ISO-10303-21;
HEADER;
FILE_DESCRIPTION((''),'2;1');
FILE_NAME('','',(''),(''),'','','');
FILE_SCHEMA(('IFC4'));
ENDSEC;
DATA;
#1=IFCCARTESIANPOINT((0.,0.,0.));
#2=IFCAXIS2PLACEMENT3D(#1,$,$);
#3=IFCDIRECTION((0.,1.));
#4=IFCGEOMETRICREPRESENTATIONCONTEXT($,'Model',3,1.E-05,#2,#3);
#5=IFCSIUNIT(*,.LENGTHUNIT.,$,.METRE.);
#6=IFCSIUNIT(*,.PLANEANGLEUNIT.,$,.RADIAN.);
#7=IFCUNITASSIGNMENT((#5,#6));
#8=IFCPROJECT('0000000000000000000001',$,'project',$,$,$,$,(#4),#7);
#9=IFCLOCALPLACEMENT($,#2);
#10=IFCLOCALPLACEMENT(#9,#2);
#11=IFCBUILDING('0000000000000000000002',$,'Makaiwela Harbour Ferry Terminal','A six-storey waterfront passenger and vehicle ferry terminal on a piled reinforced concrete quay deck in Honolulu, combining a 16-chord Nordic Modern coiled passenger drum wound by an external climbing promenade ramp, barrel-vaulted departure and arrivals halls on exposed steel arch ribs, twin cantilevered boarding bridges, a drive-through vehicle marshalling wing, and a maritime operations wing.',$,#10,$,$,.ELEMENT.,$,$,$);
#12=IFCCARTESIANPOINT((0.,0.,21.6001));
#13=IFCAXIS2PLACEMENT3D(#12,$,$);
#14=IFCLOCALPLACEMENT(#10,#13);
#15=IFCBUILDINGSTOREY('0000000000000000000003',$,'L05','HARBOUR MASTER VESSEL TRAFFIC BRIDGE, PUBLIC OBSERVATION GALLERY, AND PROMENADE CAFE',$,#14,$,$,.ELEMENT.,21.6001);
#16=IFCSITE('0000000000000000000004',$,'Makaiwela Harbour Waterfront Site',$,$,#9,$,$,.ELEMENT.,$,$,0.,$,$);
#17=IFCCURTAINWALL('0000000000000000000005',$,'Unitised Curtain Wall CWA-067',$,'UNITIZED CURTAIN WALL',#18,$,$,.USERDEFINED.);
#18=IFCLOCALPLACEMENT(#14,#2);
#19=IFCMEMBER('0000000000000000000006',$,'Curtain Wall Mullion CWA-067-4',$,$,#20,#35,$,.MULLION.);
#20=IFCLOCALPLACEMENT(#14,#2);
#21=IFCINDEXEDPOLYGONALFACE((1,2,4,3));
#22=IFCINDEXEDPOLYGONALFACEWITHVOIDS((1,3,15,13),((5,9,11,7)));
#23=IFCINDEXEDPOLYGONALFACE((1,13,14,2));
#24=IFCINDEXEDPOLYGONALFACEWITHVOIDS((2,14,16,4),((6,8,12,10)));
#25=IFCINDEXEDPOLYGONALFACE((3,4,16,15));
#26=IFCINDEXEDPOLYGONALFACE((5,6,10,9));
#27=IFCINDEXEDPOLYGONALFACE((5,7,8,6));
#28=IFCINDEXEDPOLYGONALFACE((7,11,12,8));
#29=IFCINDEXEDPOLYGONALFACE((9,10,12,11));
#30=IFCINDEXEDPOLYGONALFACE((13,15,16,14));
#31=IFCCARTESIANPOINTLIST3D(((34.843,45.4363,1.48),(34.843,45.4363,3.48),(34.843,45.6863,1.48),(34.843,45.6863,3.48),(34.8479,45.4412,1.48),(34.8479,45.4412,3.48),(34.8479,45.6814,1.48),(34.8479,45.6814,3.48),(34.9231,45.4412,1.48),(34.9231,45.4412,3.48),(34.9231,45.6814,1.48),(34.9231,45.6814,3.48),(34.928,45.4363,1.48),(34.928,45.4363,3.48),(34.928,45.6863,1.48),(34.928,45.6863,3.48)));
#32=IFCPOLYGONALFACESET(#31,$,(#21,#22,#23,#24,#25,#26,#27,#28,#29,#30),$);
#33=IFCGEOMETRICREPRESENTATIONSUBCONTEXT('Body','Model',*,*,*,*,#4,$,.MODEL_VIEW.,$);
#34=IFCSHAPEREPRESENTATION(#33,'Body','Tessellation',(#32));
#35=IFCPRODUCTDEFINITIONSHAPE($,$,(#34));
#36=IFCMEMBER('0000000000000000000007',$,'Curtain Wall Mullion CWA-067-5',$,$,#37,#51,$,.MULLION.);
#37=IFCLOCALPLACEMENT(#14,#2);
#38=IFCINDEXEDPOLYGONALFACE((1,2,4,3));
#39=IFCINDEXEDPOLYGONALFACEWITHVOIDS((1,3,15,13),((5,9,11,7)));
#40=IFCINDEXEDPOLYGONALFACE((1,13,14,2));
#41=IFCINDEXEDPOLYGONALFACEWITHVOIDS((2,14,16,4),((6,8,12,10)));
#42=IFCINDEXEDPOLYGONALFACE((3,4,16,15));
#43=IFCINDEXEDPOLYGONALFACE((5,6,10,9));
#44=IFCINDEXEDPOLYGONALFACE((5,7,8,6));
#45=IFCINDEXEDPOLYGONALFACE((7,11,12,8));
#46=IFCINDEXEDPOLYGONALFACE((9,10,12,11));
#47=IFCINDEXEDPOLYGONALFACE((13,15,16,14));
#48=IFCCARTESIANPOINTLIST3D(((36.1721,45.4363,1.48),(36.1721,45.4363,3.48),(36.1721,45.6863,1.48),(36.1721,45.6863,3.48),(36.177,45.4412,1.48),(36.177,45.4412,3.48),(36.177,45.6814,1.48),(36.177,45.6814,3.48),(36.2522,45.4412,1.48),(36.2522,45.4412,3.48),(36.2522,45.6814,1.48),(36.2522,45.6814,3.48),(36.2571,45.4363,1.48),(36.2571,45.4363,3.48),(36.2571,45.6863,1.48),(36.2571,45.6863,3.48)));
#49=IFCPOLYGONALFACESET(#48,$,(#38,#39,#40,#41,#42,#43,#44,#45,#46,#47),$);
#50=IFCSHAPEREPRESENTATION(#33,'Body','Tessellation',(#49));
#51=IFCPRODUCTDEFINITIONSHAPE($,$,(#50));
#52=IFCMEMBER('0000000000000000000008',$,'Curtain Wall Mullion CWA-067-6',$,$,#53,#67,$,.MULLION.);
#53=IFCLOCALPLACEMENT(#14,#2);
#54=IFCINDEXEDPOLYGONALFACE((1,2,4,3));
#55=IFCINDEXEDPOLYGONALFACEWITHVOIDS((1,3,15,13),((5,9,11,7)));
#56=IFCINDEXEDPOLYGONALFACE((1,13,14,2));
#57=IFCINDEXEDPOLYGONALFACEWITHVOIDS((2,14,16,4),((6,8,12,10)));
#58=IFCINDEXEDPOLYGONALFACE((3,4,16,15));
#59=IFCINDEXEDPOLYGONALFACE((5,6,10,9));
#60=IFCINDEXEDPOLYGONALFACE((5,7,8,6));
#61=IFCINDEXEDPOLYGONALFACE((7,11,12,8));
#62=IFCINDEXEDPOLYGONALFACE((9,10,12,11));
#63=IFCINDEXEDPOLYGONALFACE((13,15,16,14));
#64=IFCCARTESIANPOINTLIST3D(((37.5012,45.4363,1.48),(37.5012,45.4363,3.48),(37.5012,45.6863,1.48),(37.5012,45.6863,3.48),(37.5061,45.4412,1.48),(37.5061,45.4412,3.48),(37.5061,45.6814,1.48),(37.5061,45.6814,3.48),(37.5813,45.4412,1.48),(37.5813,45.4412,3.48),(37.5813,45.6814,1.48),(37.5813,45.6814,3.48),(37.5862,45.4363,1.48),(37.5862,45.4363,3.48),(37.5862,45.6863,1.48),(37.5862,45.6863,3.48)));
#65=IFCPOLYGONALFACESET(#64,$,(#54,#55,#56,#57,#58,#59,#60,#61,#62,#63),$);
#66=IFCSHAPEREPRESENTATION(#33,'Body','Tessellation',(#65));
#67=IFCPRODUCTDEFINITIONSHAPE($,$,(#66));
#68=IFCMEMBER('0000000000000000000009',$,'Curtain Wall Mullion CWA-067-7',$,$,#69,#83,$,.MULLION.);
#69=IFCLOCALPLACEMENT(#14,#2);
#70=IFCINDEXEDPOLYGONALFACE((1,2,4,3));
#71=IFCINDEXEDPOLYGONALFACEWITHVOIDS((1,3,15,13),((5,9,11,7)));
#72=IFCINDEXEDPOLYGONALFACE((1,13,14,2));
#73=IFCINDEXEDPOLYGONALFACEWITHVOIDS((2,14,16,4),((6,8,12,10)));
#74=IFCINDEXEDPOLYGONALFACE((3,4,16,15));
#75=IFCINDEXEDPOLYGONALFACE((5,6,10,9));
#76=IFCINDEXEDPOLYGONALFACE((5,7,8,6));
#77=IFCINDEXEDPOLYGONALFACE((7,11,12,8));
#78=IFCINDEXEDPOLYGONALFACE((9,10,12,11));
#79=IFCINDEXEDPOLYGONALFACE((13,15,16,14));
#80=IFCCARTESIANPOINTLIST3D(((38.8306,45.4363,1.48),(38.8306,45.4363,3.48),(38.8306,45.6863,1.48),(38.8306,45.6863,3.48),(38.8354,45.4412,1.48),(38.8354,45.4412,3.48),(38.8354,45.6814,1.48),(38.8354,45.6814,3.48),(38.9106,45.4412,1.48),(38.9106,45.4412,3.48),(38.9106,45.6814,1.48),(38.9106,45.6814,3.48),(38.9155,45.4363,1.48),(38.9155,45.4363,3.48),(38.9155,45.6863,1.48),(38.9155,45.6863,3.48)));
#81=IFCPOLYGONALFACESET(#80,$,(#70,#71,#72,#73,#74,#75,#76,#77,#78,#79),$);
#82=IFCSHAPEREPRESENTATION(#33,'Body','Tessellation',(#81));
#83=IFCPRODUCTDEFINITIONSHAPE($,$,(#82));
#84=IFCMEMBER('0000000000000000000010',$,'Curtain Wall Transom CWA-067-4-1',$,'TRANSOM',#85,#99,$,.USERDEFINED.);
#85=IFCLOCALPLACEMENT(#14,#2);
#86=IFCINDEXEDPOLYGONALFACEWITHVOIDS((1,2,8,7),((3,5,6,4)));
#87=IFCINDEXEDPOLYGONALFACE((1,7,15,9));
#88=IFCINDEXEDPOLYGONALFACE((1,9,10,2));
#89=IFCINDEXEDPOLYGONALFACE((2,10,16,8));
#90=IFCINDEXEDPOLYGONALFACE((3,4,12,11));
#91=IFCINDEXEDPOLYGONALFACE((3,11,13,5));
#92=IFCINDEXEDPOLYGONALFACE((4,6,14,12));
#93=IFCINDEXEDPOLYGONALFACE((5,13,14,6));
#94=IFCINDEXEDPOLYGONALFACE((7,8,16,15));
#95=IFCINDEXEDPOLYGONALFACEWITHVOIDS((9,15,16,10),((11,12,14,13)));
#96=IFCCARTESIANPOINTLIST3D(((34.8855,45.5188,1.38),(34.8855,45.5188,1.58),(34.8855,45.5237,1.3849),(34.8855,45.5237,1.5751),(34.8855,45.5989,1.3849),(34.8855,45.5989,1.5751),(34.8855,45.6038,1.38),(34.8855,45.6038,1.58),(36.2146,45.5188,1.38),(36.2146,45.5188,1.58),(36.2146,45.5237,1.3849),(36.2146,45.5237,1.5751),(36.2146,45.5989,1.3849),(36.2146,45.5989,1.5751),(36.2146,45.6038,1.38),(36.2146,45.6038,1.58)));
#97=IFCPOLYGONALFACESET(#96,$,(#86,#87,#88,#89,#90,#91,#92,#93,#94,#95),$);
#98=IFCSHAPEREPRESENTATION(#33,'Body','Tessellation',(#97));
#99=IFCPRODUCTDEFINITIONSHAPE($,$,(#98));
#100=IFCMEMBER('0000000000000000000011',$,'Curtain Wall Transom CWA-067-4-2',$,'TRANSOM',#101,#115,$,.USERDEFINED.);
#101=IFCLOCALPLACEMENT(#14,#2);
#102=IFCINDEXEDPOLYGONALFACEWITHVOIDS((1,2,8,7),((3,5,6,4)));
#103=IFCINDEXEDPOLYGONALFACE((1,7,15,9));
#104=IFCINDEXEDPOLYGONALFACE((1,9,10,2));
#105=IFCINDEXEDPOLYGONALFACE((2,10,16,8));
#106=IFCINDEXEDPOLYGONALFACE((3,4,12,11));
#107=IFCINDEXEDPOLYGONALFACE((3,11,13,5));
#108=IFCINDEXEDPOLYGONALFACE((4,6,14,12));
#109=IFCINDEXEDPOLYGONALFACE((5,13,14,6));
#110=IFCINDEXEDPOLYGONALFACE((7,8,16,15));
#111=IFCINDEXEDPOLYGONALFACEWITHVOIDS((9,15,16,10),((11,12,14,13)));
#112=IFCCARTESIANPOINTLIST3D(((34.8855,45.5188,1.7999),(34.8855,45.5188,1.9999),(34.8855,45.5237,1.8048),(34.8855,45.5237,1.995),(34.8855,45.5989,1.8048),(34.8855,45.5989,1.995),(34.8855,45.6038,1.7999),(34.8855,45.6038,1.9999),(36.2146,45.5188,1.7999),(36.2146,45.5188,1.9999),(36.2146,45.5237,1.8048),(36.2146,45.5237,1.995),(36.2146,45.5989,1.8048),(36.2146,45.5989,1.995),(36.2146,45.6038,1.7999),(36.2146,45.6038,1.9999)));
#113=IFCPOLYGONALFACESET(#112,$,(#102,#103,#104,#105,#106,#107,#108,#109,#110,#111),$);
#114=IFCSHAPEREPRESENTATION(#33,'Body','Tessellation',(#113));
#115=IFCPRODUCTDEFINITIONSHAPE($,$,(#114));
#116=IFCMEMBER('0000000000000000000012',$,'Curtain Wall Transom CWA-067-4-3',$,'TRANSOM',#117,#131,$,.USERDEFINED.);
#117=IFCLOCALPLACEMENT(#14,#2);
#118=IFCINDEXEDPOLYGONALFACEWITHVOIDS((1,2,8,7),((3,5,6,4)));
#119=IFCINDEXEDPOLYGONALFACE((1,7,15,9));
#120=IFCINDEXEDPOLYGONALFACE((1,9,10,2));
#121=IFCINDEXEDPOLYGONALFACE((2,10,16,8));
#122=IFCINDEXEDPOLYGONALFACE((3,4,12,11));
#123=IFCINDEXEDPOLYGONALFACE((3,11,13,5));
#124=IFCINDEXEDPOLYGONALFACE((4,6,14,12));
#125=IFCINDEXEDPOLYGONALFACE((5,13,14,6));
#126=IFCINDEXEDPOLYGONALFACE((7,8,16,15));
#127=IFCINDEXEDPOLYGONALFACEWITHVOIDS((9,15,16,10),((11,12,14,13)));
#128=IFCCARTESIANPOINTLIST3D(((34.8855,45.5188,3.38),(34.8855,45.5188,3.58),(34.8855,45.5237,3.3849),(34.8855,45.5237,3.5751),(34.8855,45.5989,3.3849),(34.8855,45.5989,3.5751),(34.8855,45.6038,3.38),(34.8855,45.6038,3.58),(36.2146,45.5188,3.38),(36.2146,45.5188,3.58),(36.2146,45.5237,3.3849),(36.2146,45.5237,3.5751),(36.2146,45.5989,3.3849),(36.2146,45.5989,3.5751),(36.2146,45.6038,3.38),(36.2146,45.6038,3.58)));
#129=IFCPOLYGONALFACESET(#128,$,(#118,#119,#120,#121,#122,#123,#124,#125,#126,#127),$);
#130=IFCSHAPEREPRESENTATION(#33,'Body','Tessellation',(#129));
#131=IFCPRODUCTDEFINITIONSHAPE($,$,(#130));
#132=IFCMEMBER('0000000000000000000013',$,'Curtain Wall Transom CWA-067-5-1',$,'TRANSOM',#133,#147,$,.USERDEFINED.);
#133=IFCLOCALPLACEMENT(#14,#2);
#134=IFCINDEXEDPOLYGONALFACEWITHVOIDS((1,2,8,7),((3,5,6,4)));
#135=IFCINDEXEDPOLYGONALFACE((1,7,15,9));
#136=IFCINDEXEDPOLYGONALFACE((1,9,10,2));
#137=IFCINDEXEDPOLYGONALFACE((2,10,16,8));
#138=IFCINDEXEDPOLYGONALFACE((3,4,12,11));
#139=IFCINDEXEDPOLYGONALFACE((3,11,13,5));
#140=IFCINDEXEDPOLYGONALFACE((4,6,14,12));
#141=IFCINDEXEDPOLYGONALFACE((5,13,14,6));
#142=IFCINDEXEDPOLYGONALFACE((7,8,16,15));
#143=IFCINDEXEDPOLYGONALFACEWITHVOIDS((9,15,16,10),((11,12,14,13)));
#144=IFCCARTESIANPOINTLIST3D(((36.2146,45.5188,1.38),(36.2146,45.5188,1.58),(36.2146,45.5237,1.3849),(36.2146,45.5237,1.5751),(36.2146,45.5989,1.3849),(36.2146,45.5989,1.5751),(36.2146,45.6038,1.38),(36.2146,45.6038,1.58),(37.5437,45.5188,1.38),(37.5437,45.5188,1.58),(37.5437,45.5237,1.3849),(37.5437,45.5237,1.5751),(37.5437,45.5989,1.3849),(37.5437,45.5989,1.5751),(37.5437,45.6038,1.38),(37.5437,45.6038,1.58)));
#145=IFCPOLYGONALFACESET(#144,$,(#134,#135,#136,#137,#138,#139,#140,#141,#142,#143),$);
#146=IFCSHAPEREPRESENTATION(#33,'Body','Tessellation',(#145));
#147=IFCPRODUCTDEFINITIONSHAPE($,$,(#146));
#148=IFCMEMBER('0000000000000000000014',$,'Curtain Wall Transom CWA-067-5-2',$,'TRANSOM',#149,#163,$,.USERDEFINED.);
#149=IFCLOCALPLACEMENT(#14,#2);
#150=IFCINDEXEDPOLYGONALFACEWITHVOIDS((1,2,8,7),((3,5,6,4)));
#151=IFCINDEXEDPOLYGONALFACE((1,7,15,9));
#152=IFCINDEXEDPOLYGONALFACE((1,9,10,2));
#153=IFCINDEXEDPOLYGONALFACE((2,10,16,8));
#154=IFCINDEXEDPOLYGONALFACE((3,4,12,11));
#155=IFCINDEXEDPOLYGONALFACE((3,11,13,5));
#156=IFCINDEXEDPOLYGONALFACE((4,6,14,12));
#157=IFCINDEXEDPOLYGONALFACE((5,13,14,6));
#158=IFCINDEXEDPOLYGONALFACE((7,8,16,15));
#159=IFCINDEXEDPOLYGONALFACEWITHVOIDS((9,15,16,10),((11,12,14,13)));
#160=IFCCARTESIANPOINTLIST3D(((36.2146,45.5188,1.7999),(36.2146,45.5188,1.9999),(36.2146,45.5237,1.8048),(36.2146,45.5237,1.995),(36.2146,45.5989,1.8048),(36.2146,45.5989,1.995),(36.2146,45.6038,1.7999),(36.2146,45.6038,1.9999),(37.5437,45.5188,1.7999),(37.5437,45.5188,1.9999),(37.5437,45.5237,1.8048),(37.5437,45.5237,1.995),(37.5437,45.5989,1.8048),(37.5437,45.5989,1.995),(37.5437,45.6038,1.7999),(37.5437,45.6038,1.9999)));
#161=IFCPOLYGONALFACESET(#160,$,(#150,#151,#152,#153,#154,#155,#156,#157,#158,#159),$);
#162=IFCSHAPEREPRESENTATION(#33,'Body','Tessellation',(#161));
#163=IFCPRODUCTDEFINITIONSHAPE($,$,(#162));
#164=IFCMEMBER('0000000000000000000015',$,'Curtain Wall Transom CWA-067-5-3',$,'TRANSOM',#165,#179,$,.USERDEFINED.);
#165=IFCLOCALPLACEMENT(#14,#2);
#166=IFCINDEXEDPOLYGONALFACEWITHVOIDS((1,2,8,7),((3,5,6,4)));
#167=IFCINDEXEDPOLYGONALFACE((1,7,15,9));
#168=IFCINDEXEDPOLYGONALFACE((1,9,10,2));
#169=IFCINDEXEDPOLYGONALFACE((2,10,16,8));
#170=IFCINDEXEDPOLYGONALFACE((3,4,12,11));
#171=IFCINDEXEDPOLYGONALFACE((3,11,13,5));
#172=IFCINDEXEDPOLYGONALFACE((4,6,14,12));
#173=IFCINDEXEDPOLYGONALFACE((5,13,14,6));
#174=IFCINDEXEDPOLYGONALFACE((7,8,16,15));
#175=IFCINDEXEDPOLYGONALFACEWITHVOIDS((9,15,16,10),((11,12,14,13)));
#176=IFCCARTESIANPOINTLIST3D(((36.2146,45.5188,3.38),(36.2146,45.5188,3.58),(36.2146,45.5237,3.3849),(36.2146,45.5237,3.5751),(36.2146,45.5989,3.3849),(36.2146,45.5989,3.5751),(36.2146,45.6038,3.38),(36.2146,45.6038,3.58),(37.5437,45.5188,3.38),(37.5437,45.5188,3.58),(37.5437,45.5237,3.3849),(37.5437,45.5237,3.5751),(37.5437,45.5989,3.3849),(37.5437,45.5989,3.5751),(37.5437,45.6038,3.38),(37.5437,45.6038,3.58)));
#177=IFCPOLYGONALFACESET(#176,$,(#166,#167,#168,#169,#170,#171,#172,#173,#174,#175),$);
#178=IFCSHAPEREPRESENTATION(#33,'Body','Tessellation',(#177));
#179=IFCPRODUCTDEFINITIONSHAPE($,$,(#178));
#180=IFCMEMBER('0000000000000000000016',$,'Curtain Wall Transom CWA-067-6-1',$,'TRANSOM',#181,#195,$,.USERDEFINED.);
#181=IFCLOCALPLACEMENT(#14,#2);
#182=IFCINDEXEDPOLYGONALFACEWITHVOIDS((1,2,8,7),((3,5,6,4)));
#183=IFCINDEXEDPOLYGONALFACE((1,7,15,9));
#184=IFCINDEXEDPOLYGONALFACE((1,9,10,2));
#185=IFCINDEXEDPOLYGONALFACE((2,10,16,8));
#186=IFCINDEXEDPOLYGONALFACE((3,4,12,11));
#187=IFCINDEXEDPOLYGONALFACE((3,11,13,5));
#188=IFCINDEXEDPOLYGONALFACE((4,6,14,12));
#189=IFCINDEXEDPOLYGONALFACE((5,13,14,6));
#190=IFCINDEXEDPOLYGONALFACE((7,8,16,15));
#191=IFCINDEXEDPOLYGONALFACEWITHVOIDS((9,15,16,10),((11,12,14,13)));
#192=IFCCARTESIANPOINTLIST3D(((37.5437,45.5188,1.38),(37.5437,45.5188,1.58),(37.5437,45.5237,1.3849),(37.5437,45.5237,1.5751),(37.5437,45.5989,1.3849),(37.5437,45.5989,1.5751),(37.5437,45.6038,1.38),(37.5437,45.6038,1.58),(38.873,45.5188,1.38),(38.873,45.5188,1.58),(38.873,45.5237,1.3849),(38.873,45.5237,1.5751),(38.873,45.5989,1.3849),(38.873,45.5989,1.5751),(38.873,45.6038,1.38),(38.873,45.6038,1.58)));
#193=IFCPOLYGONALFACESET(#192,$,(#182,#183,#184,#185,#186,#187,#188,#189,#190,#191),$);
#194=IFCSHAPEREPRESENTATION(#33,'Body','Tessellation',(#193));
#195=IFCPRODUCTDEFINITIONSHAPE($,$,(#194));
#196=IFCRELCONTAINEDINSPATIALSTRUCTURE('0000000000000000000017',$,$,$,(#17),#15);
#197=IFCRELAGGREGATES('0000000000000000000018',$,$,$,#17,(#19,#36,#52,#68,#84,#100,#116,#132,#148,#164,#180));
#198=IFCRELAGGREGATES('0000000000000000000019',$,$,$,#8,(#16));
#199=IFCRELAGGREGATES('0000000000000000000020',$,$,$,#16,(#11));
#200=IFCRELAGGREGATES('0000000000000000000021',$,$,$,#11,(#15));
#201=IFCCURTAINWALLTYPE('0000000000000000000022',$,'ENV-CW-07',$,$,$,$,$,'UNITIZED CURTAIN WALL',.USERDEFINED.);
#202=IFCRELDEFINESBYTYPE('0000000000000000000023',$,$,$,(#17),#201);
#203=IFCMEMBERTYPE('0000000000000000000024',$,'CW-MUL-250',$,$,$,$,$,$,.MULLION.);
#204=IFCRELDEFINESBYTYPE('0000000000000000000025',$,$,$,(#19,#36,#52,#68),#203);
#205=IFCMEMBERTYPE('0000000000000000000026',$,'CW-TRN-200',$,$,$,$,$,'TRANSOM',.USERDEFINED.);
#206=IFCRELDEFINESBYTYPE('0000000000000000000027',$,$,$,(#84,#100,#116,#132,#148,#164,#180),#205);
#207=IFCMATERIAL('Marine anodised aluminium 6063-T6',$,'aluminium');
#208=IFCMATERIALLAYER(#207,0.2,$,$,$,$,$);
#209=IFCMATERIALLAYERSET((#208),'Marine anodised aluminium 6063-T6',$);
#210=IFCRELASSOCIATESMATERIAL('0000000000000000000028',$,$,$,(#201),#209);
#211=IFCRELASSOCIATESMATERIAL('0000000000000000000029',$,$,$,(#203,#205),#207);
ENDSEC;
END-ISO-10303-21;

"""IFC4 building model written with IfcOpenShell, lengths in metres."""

from ifc_helpers import new_model, si_unit, direction, frame, origin, origin_2d, place, context, subcontext, project, spatial, hollow_rectangle, extrude, material, layer, layer_set, material_profile, profile_set, type_object, element, aggregate, save


model = new_model("IFC4")

# Units and contexts
model_context = context("Model", 3, precision=1e-05, world=origin(), true_north=direction((0.0, 1.0)))
body_context = subcontext(model_context, "Body", "Model", "MODEL_VIEW")
ifc_project = project(units=[si_unit("LENGTHUNIT", "METRE"), si_unit("PLANEANGLEUNIT", "RADIAN")], contexts=[model_context])

# Site, building, storey
site_placement = place(None, origin())
site = spatial("IfcSite", under=ifc_project, at=site_placement, Name="Makaiwela Harbour Waterfront Site", CompositionType="ELEMENT", RefElevation=0.0)
building_placement = place(site_placement, origin())
building = spatial("IfcBuilding", under=site, at=building_placement, Name="Makaiwela Harbour Ferry Terminal", Description="A six-storey waterfront passenger and vehicle ferry terminal on a piled reinforced concrete quay deck in Honolulu, combining a 16-chord Nordic Modern coiled passenger drum wound by an external climbing promenade ramp, barrel-vaulted departure and arrivals halls on exposed steel arch ribs, twin cantilevered boarding bridges, a drive-through vehicle marshalling wing, and a maritime operations wing.", CompositionType="ELEMENT")
storey_placement = place(building_placement, frame((0.0, 0.0, 21.6001)))
storey = spatial("IfcBuildingStorey", under=building, at=storey_placement, Name="L05", Description="HARBOUR MASTER VESSEL TRAFFIC BRIDGE, PUBLIC OBSERVATION GALLERY, AND PROMENADE CAFE", CompositionType="ELEMENT", Elevation=21.6001)

# Curtain wall, members
ifc_material_1 = material(Name="Marine anodised aluminium 6063-T6", Category="aluminium")
ifc_layer_1 = layer(ifc_material_1, 0.2)
ifc_layer_set_1 = layer_set([ifc_layer_1], Name="Marine anodised aluminium 6063-T6")
curtain_wall_type = type_object("IfcCurtainWallType", Name="ENV-CW-07", ElementType="UNITIZED CURTAIN WALL", PredefinedType="USERDEFINED", material=ifc_layer_set_1)
curtain_wall_placement = place(storey_placement, origin())
curtain_wall = element("IfcCurtainWall", 1, at=curtain_wall_placement, inside=storey, type_object=curtain_wall_type, Name="Unitised Curtain Wall CWA-067", ObjectType="UNITIZED CURTAIN WALL", PredefinedType="USERDEFINED")
ifc_material_profile_1 = material_profile(ifc_material_1, hollow_rectangle(XDim=0.085, YDim=0.25, WallThickness=0.0049, at=origin_2d()), Name="CWM-250X85")
ifc_profile_set_1 = profile_set([ifc_material_profile_1], Name="Marine anodised aluminium 6063-T6")
member_type_1 = type_object("IfcMemberType", Name="CW-MUL-250", PredefinedType="MULLION", material=ifc_profile_set_1)
member_1_placement = place(storey_placement, frame((34.8855, 45.5613, 1.48), z_axis=(0.0, 0.0, 1.0), x_axis=(1.0, 0.0, 0.0)))
member_1 = element("IfcMember", 2, at=member_1_placement, type_object=member_type_1, Name="Curtain Wall Mullion CWA-067-4", PredefinedType="MULLION", context=body_context, shape_type="SweptSolid", body=[
    extrude(hollow_rectangle(XDim=0.085, YDim=0.25, WallThickness=0.0049, at=origin_2d()), origin(), (0.0, 0.0, 1.0), 2.0),
])
member_2_placement = place(storey_placement, frame((36.2146, 45.5613, 1.48), z_axis=(0.0, 0.0, 1.0), x_axis=(1.0, 0.0, 0.0)))
member_2 = element("IfcMember", 3, at=member_2_placement, type_object=member_type_1, Name="Curtain Wall Mullion CWA-067-5", PredefinedType="MULLION", context=body_context, shape_type="SweptSolid", body=[
    extrude(hollow_rectangle(XDim=0.085, YDim=0.25, WallThickness=0.0049, at=origin_2d()), origin(), (0.0, 0.0, 1.0), 2.0),
])
member_3_placement = place(storey_placement, frame((37.5437, 45.5613, 1.48), z_axis=(0.0, 0.0, 1.0), x_axis=(1.0, 0.0, 0.0)))
member_3 = element("IfcMember", 4, at=member_3_placement, type_object=member_type_1, Name="Curtain Wall Mullion CWA-067-6", PredefinedType="MULLION", context=body_context, shape_type="SweptSolid", body=[
    extrude(hollow_rectangle(XDim=0.085, YDim=0.25, WallThickness=0.0049, at=origin_2d()), origin(), (0.0, 0.0, 1.0), 2.0),
])
member_4_placement = place(storey_placement, frame((38.873, 45.5613, 1.48), z_axis=(0.0, 0.0, 1.0), x_axis=(1.0, 0.0, 0.0)))
member_4 = element("IfcMember", 5, at=member_4_placement, type_object=member_type_1, Name="Curtain Wall Mullion CWA-067-7", PredefinedType="MULLION", context=body_context, shape_type="SweptSolid", body=[
    extrude(hollow_rectangle(XDim=0.085, YDim=0.25, WallThickness=0.0049, at=origin_2d()), origin(), (0.0, 0.0, 1.0), 2.0),
])
ifc_material_profile_2 = material_profile(ifc_material_1, hollow_rectangle(XDim=0.085, YDim=0.2, WallThickness=0.0049, at=origin_2d()), Name="CWT-200X85")
ifc_profile_set_2 = profile_set([ifc_material_profile_2], Name="Marine anodised aluminium 6063-T6")
member_type_2 = type_object("IfcMemberType", Name="CW-TRN-200", ElementType="TRANSOM", PredefinedType="USERDEFINED", material=ifc_profile_set_2)
member_5_placement = place(storey_placement, frame((34.8855, 45.5613, 1.48), z_axis=(1.0, 0.0, 0.0), x_axis=(0.0, 1.0, 0.0)))
member_5 = element("IfcMember", 6, at=member_5_placement, type_object=member_type_2, Name="Curtain Wall Transom CWA-067-4-1", ObjectType="TRANSOM", PredefinedType="USERDEFINED", context=body_context, shape_type="SweptSolid", body=[
    extrude(hollow_rectangle(XDim=0.085, YDim=0.2, WallThickness=0.0049, at=origin_2d()), origin(), (0.0, 0.0, 1.0), 1.3291),
])
member_6_placement = place(storey_placement, frame((34.8855, 45.5613, 1.8999), z_axis=(1.0, 0.0, 0.0), x_axis=(0.0, 1.0, 0.0)))
member_6 = element("IfcMember", 7, at=member_6_placement, type_object=member_type_2, Name="Curtain Wall Transom CWA-067-4-2", ObjectType="TRANSOM", PredefinedType="USERDEFINED", context=body_context, shape_type="SweptSolid", body=[
    extrude(hollow_rectangle(XDim=0.085, YDim=0.2, WallThickness=0.0049, at=origin_2d()), origin(), (0.0, 0.0, 1.0), 1.3291),
])
member_7_placement = place(storey_placement, frame((34.8855, 45.5613, 3.48), z_axis=(1.0, 0.0, 0.0), x_axis=(0.0, 1.0, 0.0)))
member_7 = element("IfcMember", 8, at=member_7_placement, type_object=member_type_2, Name="Curtain Wall Transom CWA-067-4-3", ObjectType="TRANSOM", PredefinedType="USERDEFINED", context=body_context, shape_type="SweptSolid", body=[
    extrude(hollow_rectangle(XDim=0.085, YDim=0.2, WallThickness=0.0049, at=origin_2d()), origin(), (0.0, 0.0, 1.0), 1.3291),
])
member_8_placement = place(storey_placement, frame((36.2146, 45.5613, 1.48), z_axis=(1.0, 0.0, 0.0), x_axis=(0.0, 1.0, 0.0)))
member_8 = element("IfcMember", 9, at=member_8_placement, type_object=member_type_2, Name="Curtain Wall Transom CWA-067-5-1", ObjectType="TRANSOM", PredefinedType="USERDEFINED", context=body_context, shape_type="SweptSolid", body=[
    extrude(hollow_rectangle(XDim=0.085, YDim=0.2, WallThickness=0.0049, at=origin_2d()), origin(), (0.0, 0.0, 1.0), 1.3291),
])
member_9_placement = place(storey_placement, frame((36.2146, 45.5613, 1.8999), z_axis=(1.0, 0.0, 0.0), x_axis=(0.0, 1.0, 0.0)))
member_9 = element("IfcMember", 10, at=member_9_placement, type_object=member_type_2, Name="Curtain Wall Transom CWA-067-5-2", ObjectType="TRANSOM", PredefinedType="USERDEFINED", context=body_context, shape_type="SweptSolid", body=[
    extrude(hollow_rectangle(XDim=0.085, YDim=0.2, WallThickness=0.0049, at=origin_2d()), origin(), (0.0, 0.0, 1.0), 1.3291),
])
member_10_placement = place(storey_placement, frame((36.2146, 45.5613, 3.48), z_axis=(1.0, 0.0, 0.0), x_axis=(0.0, 1.0, 0.0)))
member_10 = element("IfcMember", 11, at=member_10_placement, type_object=member_type_2, Name="Curtain Wall Transom CWA-067-5-3", ObjectType="TRANSOM", PredefinedType="USERDEFINED", context=body_context, shape_type="SweptSolid", body=[
    extrude(hollow_rectangle(XDim=0.085, YDim=0.2, WallThickness=0.0049, at=origin_2d()), origin(), (0.0, 0.0, 1.0), 1.3291),
])
member_11_placement = place(storey_placement, frame((37.5437, 45.5613, 1.48), z_axis=(1.0, 0.0, 0.0), x_axis=(0.0, 1.0, 0.0)))
member_11 = element("IfcMember", 12, at=member_11_placement, type_object=member_type_2, Name="Curtain Wall Transom CWA-067-6-1", ObjectType="TRANSOM", PredefinedType="USERDEFINED", context=body_context, shape_type="SweptSolid", body=[
    extrude(hollow_rectangle(XDim=0.085, YDim=0.2, WallThickness=0.0049, at=origin_2d()), origin(), (0.0, 0.0, 1.0), 1.3293),
])
aggregate(curtain_wall, [member_1, member_2, member_3, member_4, member_5, member_6, member_7, member_8, member_9, member_10, member_11])

save(model, "model.ifc")
